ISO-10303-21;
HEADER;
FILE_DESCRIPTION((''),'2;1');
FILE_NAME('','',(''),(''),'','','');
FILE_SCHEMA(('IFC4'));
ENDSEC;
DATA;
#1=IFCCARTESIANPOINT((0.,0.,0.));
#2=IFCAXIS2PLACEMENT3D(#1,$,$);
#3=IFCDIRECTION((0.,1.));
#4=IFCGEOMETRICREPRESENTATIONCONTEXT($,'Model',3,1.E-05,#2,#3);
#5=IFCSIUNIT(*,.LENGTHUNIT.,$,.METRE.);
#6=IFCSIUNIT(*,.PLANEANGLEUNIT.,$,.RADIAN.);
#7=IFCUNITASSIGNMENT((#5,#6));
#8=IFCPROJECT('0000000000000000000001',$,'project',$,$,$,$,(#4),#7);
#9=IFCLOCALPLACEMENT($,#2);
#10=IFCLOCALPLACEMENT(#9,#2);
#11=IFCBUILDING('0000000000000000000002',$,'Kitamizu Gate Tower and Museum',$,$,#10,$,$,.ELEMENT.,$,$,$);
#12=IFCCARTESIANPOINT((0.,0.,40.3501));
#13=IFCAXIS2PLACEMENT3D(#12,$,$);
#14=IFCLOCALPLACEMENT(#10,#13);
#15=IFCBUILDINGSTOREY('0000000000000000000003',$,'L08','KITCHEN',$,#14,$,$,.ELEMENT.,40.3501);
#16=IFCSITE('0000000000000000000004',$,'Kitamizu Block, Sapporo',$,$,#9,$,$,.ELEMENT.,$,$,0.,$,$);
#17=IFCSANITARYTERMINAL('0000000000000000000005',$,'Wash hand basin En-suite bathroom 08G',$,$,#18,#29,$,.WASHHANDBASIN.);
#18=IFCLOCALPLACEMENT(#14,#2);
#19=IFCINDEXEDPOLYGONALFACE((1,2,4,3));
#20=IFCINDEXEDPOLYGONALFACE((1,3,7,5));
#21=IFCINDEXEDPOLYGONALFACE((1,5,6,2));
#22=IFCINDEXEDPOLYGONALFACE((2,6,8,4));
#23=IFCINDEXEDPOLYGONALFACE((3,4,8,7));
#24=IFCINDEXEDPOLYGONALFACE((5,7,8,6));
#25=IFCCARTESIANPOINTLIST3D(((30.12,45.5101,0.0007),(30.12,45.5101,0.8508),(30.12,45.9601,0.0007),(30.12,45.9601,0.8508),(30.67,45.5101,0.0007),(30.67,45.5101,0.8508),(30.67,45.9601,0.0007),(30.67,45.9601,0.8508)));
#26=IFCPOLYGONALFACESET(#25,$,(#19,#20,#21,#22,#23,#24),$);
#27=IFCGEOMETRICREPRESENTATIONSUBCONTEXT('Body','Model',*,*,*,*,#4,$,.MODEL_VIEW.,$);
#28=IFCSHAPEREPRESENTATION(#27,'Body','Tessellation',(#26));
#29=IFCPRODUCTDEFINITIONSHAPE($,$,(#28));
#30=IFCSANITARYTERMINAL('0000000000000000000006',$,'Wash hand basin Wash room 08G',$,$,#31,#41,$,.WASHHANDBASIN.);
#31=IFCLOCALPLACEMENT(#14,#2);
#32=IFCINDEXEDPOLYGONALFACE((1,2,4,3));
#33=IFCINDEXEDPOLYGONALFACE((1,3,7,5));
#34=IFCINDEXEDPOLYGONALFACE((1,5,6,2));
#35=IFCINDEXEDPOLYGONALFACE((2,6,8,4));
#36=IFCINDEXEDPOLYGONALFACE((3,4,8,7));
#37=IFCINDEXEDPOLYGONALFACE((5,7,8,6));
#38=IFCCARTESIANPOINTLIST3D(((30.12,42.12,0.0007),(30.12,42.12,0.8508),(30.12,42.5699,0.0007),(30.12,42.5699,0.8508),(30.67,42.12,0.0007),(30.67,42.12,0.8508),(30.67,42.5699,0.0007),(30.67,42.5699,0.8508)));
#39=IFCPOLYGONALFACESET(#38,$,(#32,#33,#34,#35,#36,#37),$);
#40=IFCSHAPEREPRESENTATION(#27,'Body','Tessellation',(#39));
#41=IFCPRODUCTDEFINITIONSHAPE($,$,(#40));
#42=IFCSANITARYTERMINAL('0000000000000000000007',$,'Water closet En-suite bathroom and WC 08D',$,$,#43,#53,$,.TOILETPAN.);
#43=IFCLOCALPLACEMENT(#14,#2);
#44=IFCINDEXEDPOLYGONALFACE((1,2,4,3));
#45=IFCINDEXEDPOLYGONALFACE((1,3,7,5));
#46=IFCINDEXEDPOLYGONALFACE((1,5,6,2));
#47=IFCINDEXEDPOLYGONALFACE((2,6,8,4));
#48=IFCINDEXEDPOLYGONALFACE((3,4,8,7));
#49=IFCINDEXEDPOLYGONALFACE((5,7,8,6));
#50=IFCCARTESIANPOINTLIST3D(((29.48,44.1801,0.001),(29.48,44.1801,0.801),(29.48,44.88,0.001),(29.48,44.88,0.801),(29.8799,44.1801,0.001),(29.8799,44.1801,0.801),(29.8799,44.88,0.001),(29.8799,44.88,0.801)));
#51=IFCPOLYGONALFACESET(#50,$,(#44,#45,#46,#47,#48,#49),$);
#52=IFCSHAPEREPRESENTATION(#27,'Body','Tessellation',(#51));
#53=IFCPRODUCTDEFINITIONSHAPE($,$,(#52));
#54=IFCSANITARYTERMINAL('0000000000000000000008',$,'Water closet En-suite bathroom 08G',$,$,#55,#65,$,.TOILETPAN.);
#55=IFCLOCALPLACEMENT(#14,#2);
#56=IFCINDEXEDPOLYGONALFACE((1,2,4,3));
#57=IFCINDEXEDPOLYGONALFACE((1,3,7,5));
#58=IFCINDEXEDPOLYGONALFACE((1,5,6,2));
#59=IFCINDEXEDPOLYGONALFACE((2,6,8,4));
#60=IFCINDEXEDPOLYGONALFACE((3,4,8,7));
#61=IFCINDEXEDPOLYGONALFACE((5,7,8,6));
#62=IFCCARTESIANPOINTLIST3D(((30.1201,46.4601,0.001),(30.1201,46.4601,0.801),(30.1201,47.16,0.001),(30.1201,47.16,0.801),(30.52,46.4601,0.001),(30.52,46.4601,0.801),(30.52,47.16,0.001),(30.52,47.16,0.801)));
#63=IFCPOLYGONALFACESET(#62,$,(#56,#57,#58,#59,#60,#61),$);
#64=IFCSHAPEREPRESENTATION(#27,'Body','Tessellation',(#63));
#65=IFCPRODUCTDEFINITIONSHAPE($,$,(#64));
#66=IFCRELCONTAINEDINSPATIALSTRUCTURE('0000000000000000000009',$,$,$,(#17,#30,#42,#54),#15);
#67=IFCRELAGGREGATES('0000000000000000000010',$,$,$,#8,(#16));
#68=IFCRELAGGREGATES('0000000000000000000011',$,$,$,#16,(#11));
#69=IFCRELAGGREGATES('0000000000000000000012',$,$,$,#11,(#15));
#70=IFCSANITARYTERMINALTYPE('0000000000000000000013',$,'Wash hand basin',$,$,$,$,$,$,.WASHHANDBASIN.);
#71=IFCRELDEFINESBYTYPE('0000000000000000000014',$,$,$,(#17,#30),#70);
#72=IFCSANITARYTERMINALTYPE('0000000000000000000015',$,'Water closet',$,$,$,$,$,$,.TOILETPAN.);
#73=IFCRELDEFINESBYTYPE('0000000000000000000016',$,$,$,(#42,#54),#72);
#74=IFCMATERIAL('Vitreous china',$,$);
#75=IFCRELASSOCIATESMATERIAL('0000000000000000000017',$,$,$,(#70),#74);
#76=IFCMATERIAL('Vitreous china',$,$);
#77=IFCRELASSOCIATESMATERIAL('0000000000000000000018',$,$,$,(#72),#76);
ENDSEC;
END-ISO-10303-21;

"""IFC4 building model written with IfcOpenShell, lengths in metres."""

from ifc_helpers import new_model, si_unit, direction, frame, origin, origin_2d, place, context, subcontext, project, spatial, rectangle, extrude, material, type_object, element, save


model = new_model("IFC4")

# Units and contexts
model_context = context("Model", 3, precision=1e-05, world=origin(), true_north=direction((0.0, 1.0)))
body_context = subcontext(model_context, "Body", "Model", "MODEL_VIEW")
ifc_project = project(units=[si_unit("LENGTHUNIT", "METRE"), si_unit("PLANEANGLEUNIT", "RADIAN")], contexts=[model_context])

# Site, building, storey
site_placement = place(None, origin())
site = spatial("IfcSite", under=ifc_project, at=site_placement, Name="Kitamizu Block, Sapporo", CompositionType="ELEMENT", RefElevation=0.0)
building_placement = place(site_placement, origin())
building = spatial("IfcBuilding", under=site, at=building_placement, Name="Kitamizu Gate Tower and Museum", CompositionType="ELEMENT")
storey_placement = place(building_placement, frame((0.0, 0.0, 40.3501)))
storey = spatial("IfcBuildingStorey", under=building, at=storey_placement, Name="L08", Description="KITCHEN", CompositionType="ELEMENT", Elevation=40.3501)

# Sanitary terminals
ifc_material_1 = material(Name="Vitreous china")
sanitary_terminal_type_1 = type_object("IfcSanitaryTerminalType", Name="Wash hand basin", PredefinedType="WASHHANDBASIN", material=ifc_material_1)
for number, where, z_axis, x_axis, name in (
    (1, (30.395, 45.7351, 0.0007), (0.0, 0.0, 1.0), (1.0, 0.0, 0.0), "Wash hand basin En-suite bathroom 08G"),
    (2, (30.395, 42.345, 0.0007), (0.0, 0.0, 1.0), (1.0, 0.0, 0.0), "Wash hand basin Wash room 08G"),
):
    element("IfcSanitaryTerminal", number, at=place(storey_placement, frame(where, z_axis=z_axis, x_axis=x_axis)), inside=storey, type_object=sanitary_terminal_type_1, Name=name, PredefinedType="WASHHANDBASIN", context=body_context, shape_type="SweptSolid", body=[
        extrude(rectangle(XDim=0.55, YDim=0.45, at=origin_2d()), origin(), (0.0, 0.0, 1.0), 0.8501),
    ])
ifc_material_2 = material(Name="Vitreous china")
sanitary_terminal_type_2 = type_object("IfcSanitaryTerminalType", Name="Water closet", PredefinedType="TOILETPAN", material=ifc_material_2)
for number, where, z_axis, x_axis, name in (
    (3, (29.6799, 44.53, 0.001), (0.0, 0.0, 1.0), (1.0, 0.0, 0.0), "Water closet En-suite bathroom and WC 08D"),
    (4, (30.3201, 46.8101, 0.001), (0.0, 0.0, 1.0), (1.0, 0.0, 0.0), "Water closet En-suite bathroom 08G"),
):
    element("IfcSanitaryTerminal", number, at=place(storey_placement, frame(where, z_axis=z_axis, x_axis=x_axis)), inside=storey, type_object=sanitary_terminal_type_2, Name=name, PredefinedType="TOILETPAN", context=body_context, shape_type="SweptSolid", body=[
        extrude(rectangle(XDim=0.3999, YDim=0.7, at=origin_2d()), origin(), (0.0, 0.0, 1.0), 0.8),
    ])

save(model, "model.ifc")
